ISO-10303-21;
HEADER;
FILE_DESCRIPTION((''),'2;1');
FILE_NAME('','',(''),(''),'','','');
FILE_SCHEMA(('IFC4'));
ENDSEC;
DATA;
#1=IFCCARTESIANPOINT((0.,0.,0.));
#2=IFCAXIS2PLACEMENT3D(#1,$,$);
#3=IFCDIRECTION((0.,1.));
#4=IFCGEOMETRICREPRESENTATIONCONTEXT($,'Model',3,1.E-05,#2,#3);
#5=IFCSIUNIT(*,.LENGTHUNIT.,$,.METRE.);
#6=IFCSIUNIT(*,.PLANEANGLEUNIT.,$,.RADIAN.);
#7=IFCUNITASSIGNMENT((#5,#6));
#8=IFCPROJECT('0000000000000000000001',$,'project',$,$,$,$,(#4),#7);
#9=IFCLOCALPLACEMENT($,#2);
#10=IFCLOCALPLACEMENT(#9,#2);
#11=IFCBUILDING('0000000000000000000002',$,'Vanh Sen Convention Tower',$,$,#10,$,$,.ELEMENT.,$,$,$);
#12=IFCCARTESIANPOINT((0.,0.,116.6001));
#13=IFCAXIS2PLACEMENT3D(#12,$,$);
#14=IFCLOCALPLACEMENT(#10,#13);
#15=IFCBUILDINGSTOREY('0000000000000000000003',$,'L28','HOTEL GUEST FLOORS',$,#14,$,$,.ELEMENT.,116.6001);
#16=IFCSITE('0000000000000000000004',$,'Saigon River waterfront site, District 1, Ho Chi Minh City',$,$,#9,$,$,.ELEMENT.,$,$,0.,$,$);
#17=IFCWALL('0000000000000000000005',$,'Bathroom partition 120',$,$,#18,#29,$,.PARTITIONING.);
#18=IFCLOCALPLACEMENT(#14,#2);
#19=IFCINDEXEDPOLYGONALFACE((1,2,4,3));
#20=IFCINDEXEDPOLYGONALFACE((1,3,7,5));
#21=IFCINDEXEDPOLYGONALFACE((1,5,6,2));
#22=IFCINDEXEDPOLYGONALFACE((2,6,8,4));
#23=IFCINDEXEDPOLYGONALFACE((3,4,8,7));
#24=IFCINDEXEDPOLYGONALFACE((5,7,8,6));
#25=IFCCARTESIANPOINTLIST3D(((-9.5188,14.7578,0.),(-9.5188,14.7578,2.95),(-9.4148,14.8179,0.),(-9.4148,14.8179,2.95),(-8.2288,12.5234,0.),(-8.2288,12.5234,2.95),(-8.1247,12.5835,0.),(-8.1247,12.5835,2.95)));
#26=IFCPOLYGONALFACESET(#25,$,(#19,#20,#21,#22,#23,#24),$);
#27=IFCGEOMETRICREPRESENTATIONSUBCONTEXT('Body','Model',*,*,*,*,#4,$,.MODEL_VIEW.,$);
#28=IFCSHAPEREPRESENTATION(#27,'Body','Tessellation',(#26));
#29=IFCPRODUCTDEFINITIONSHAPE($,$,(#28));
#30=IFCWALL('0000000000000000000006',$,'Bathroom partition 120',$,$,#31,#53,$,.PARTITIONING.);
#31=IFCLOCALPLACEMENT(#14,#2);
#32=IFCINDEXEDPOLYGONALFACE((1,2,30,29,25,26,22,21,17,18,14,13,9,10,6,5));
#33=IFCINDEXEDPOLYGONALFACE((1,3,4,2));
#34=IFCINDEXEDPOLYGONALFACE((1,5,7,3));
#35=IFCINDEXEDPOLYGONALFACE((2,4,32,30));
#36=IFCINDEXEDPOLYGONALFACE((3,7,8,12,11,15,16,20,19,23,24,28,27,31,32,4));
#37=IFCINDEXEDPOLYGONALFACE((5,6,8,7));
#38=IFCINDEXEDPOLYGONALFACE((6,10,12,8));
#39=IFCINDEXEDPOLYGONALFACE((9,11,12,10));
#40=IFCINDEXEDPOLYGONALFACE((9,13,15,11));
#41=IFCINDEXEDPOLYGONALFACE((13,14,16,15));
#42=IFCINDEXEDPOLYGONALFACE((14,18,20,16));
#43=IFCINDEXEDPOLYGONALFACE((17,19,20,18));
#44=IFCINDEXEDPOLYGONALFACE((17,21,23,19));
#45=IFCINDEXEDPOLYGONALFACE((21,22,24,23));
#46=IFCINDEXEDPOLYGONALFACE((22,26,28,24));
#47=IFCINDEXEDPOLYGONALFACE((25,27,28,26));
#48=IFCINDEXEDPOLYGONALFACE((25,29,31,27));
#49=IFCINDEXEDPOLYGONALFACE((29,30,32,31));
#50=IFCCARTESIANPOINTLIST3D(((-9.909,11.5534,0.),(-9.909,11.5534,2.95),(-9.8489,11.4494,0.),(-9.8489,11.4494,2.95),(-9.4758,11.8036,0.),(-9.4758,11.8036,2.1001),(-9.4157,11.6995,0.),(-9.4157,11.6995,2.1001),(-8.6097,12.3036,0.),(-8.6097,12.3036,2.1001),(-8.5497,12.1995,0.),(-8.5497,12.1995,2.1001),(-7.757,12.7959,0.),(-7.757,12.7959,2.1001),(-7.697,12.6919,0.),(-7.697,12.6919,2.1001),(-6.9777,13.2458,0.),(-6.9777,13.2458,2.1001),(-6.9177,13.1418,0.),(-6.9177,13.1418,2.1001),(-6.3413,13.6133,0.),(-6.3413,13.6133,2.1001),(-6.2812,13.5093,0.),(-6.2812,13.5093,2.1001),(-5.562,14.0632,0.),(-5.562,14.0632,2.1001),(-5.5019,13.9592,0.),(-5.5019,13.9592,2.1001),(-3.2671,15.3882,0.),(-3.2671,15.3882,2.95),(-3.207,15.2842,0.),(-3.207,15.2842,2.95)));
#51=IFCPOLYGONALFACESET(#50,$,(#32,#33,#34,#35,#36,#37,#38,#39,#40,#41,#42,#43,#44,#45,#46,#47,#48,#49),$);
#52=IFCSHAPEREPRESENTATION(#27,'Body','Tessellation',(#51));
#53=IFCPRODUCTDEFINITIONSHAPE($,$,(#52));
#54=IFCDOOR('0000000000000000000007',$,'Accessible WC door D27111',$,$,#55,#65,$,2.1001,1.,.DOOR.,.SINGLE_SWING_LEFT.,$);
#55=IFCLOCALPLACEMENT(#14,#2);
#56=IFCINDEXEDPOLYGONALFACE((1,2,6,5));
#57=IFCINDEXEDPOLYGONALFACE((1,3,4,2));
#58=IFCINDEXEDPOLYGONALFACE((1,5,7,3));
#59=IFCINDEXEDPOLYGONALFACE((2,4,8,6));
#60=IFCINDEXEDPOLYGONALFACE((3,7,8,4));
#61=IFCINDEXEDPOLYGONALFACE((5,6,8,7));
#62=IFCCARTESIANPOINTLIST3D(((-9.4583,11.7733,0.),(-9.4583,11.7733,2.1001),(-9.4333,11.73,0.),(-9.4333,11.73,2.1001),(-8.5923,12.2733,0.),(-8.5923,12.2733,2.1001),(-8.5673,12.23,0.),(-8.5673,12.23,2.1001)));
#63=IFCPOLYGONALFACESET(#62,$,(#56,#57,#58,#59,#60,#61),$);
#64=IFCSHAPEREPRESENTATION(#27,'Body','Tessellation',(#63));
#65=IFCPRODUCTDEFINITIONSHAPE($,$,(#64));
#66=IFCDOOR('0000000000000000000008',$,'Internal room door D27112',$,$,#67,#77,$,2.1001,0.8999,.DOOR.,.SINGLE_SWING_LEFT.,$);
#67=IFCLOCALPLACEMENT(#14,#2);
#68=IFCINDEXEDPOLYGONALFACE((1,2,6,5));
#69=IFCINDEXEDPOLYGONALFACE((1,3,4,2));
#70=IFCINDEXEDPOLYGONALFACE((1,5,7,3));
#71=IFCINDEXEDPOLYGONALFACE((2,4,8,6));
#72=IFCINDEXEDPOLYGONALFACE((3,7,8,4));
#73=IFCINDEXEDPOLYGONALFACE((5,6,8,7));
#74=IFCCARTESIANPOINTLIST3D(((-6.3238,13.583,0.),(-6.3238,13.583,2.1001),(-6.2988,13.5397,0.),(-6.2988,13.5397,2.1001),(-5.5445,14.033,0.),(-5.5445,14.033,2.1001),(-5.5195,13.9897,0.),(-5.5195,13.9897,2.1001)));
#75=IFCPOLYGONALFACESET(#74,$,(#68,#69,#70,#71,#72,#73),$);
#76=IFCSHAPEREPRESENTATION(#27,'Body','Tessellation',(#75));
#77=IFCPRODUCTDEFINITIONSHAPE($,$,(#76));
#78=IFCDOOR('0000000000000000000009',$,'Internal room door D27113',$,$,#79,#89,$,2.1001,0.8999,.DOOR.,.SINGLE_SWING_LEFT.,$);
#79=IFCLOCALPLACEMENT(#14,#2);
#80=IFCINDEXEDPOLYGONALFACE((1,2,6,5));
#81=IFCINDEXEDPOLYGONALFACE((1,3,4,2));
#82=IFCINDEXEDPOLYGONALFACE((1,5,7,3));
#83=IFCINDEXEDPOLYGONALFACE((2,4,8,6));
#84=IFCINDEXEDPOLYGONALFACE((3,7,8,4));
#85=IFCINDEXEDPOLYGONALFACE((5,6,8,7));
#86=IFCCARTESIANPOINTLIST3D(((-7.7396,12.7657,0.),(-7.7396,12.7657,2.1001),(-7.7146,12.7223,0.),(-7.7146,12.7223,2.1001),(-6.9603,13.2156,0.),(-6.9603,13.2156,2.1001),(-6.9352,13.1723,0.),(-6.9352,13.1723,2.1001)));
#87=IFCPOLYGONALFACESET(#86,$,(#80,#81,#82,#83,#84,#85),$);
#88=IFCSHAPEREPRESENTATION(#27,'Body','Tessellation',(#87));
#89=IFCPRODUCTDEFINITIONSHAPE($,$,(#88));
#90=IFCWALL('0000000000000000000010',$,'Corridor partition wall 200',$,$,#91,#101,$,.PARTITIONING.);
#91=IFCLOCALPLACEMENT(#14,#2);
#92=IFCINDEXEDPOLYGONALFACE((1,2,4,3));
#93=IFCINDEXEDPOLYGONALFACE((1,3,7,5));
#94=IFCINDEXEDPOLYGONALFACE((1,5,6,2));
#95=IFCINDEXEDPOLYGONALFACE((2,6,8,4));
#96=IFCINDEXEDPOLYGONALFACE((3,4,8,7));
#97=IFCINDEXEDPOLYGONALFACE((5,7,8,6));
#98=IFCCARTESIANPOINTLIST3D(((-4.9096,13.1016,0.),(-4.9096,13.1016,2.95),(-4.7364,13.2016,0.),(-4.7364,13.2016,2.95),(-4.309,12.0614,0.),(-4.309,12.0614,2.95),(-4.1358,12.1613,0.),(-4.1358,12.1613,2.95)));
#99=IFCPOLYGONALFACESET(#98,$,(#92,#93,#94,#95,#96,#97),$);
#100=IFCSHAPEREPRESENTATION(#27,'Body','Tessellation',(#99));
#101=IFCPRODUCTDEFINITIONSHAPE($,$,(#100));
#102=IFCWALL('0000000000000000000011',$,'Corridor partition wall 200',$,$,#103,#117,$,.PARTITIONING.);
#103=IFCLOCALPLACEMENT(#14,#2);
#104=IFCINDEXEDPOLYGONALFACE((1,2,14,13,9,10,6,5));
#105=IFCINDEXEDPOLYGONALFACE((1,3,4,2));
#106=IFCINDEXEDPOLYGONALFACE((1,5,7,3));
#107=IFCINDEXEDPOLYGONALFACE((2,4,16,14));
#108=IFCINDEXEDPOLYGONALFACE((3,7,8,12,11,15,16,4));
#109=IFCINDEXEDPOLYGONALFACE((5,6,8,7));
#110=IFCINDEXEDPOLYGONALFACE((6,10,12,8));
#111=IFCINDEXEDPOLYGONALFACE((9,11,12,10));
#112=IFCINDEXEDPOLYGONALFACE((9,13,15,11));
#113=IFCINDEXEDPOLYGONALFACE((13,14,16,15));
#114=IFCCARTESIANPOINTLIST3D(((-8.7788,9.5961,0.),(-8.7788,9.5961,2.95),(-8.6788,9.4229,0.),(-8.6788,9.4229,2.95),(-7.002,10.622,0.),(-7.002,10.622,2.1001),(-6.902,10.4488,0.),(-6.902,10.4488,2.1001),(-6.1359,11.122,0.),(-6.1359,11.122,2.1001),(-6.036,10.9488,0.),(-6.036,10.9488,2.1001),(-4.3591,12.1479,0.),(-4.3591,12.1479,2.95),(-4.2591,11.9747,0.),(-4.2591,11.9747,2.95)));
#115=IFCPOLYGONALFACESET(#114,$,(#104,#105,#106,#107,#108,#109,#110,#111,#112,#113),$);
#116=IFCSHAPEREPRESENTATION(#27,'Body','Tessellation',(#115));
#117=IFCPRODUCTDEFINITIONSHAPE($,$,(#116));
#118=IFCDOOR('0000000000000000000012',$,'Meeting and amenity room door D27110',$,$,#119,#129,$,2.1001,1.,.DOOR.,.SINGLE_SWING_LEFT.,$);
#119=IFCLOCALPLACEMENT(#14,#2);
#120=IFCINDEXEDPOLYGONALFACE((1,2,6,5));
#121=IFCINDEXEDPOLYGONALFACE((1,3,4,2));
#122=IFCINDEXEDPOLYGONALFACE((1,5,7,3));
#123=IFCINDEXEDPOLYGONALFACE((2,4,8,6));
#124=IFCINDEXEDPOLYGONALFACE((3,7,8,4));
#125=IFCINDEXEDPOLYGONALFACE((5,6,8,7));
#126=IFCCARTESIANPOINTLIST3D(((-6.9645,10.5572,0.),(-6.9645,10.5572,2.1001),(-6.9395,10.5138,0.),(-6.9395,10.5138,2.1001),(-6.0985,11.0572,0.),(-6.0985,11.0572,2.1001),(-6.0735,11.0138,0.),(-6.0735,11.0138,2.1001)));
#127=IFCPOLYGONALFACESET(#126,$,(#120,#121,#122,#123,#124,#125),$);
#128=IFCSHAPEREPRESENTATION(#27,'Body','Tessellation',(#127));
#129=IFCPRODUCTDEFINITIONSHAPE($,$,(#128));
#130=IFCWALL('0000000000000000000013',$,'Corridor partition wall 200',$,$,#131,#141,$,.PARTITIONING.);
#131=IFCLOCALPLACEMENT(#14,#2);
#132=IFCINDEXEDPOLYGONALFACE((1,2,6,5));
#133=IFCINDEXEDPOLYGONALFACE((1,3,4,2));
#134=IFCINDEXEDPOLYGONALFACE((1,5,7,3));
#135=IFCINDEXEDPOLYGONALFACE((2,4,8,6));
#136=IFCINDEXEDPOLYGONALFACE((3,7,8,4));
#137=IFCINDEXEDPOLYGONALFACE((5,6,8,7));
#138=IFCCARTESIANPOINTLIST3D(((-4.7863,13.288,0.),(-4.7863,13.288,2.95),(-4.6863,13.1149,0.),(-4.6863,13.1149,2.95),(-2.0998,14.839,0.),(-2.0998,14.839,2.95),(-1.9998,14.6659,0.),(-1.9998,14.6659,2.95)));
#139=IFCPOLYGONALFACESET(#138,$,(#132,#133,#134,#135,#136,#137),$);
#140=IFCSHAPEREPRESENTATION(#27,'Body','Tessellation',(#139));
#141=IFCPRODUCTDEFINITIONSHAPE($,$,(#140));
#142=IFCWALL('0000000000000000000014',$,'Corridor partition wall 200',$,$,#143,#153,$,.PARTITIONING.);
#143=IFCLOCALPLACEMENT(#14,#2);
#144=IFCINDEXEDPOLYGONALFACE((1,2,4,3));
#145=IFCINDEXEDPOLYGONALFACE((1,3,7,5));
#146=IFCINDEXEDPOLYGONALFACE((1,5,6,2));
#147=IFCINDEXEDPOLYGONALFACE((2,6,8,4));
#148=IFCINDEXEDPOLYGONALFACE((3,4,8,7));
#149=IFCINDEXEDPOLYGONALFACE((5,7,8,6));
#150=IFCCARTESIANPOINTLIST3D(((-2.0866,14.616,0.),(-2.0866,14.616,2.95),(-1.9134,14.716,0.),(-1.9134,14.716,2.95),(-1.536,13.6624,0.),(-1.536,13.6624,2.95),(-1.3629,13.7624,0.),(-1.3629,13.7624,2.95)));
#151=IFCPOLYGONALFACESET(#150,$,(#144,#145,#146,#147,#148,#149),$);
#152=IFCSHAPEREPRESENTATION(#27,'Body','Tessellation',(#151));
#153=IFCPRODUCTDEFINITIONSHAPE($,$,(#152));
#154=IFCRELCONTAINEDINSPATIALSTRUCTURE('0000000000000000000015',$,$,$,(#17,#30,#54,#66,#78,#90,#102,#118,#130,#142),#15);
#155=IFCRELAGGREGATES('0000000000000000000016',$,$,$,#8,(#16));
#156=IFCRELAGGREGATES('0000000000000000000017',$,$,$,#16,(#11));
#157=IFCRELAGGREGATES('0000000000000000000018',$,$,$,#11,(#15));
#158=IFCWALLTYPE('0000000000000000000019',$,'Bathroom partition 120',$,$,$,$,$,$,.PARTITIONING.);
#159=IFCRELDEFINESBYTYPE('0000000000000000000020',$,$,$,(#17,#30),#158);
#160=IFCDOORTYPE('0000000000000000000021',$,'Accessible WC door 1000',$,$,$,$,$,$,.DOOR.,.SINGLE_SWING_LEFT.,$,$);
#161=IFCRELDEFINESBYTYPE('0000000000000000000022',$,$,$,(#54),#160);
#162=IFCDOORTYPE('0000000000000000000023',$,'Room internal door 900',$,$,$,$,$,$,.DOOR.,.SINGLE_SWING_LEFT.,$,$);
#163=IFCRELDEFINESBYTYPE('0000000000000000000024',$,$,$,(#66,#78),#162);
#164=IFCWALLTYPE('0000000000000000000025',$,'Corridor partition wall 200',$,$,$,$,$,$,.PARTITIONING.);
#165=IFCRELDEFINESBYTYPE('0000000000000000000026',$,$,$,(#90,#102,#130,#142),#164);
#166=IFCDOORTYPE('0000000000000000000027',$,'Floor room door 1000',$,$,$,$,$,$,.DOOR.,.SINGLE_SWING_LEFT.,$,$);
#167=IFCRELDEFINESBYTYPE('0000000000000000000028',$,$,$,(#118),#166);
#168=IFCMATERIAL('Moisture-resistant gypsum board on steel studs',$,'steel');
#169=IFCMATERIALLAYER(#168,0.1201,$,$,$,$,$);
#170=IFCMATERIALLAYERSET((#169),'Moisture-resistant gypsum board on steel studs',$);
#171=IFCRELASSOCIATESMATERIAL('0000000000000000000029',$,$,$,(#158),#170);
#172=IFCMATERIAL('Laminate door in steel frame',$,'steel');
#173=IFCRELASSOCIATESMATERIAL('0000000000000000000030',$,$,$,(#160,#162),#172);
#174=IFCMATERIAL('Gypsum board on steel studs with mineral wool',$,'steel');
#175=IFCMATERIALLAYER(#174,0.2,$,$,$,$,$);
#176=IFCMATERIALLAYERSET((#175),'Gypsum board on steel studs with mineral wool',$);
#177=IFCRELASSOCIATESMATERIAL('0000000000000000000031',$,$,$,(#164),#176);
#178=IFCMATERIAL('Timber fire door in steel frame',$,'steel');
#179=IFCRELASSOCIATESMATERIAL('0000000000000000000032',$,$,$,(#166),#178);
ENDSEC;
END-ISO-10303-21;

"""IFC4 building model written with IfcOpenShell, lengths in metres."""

from ifc_helpers import new_model, si_unit, direction, frame, frame_2d, origin, place, context, subcontext, project, spatial, rectangle, extrude, material, layer, layer_set, type_object, element, fill, save


model = new_model("IFC4")

# Units and contexts
model_context = context("Model", 3, precision=1e-05, world=origin(), true_north=direction((0.0, 1.0)))
body_context = subcontext(model_context, "Body", "Model", "MODEL_VIEW")
ifc_project = project(units=[si_unit("LENGTHUNIT", "METRE"), si_unit("PLANEANGLEUNIT", "RADIAN")], contexts=[model_context])

# Site, building, storey
site_placement = place(None, origin())
site = spatial("IfcSite", under=ifc_project, at=site_placement, Name="Saigon River waterfront site, District 1, Ho Chi Minh City", CompositionType="ELEMENT", RefElevation=0.0)
building_placement = place(site_placement, origin())
building = spatial("IfcBuilding", under=site, at=building_placement, Name="Vanh Sen Convention Tower", CompositionType="ELEMENT")
storey_placement = place(building_placement, frame((0.0, 0.0, 116.6001)))
storey = spatial("IfcBuildingStorey", under=building, at=storey_placement, Name="L28", Description="HOTEL GUEST FLOORS", CompositionType="ELEMENT", Elevation=116.6001)

# Wall
ifc_material_1 = material(Name="Moisture-resistant gypsum board on steel studs", Category="steel")
ifc_layer_1 = layer(ifc_material_1, 0.1201)
ifc_layer_set_1 = layer_set([ifc_layer_1], Name="Moisture-resistant gypsum board on steel studs")
wall_type_1 = type_object("IfcWallType", Name="Bathroom partition 120", PredefinedType="PARTITIONING", material=ifc_layer_set_1)
wall_1_placement = place(storey_placement, frame((-8.1768, 12.5535, 0.0), z_axis=(0.0, 0.0, 1.0), x_axis=(-0.500006, 0.866022, 0.0)))
element("IfcWall", 1, at=wall_1_placement, inside=storey, type_object=wall_type_1, Name="Bathroom partition 120", PredefinedType="PARTITIONING", context=body_context, shape_type="SweptSolid", body=[
    extrude(rectangle(XDim=2.5801, YDim=0.1201, at=frame_2d((1.29, 0.0))), origin(), (0.0, 0.0, 1.0), 2.95),
])

# Wall, openings, doors
wall_2_placement = place(storey_placement, frame((-3.2371, 15.3362, 0.0), z_axis=(0.0, 0.0, 1.0), x_axis=(-0.866023, -0.500004, 0.0)))
wall_2 = element("IfcWall", 2, at=wall_2_placement, inside=storey, type_object=wall_type_1, Name="Bathroom partition 120", PredefinedType="PARTITIONING", context=body_context, shape_type="SweptSolid", body=[
    extrude(rectangle(XDim=7.6694, YDim=0.1201, at=frame_2d((3.8347, 0.0))), origin(), (0.0, 0.0, 1.0), 2.95),
])
opening_1_placement = place(wall_2_placement, frame((6.1692, 0.0, 0.0)))
opening_1 = element("IfcOpeningElement", 3, at=opening_1_placement, cuts=wall_2, PredefinedType="OPENING", context=body_context, shape_type="SweptSolid", body=[
    extrude(rectangle(XDim=1.0, YDim=2.1001, at=frame_2d((0.5, 1.05))), frame((0.0, 0.0701, 0.0), z_axis=(0.0, -1.0, 0.0), x_axis=(1.0, 0.0, 0.0)), (0.0, 0.0, 1.0), 0.1401),
])
opening_2_placement = place(wall_2_placement, frame((2.6499, 0.0, 0.0)))
opening_2 = element("IfcOpeningElement", 4, at=opening_2_placement, cuts=wall_2, PredefinedType="OPENING", context=body_context, shape_type="SweptSolid", body=[
    extrude(rectangle(XDim=0.8999, YDim=2.1001, at=frame_2d((0.45, 1.05))), frame((0.0, 0.0701, 0.0), z_axis=(0.0, -1.0, 0.0), x_axis=(1.0, 0.0, 0.0)), (0.0, 0.0, 1.0), 0.1401),
])
opening_3_placement = place(wall_2_placement, frame((4.2847, 0.0, 0.0)))
opening_3 = element("IfcOpeningElement", 5, at=opening_3_placement, cuts=wall_2, PredefinedType="OPENING", context=body_context, shape_type="SweptSolid", body=[
    extrude(rectangle(XDim=0.8999, YDim=2.1001, at=frame_2d((0.45, 1.05))), frame((0.0, 0.0701, 0.0), z_axis=(0.0, -1.0, 0.0), x_axis=(1.0, 0.0, 0.0)), (0.0, 0.0, 1.0), 0.1401),
])
ifc_material_2 = material(Name="Laminate door in steel frame", Category="steel")
door_type_1 = type_object("IfcDoorType", Name="Accessible WC door 1000", OperationType="SINGLE_SWING_LEFT", PredefinedType="DOOR", material=ifc_material_2)
door_1_placement = place(opening_1_placement, origin())
door_1 = element("IfcDoor", 6, at=door_1_placement, inside=storey, type_object=door_type_1, Name="Accessible WC door D27111", OperationType="SINGLE_SWING_LEFT", OverallHeight=2.1001, OverallWidth=1.0, PredefinedType="DOOR", context=body_context, shape_type="SweptSolid", body=[
    extrude(rectangle(XDim=1.0, YDim=2.1001, at=frame_2d((0.5, 1.05))), frame((0.0, 0.0249, 0.0), z_axis=(0.0, -1.0, 0.0), x_axis=(1.0, 0.0, 0.0)), (0.0, 0.0, 1.0), 0.05),
])
fill(opening_1, door_1)
door_type_2 = type_object("IfcDoorType", Name="Room internal door 900", OperationType="SINGLE_SWING_LEFT", PredefinedType="DOOR", material=ifc_material_2)
door_2_placement = place(opening_2_placement, origin())
door_2 = element("IfcDoor", 7, at=door_2_placement, inside=storey, type_object=door_type_2, Name="Internal room door D27112", OperationType="SINGLE_SWING_LEFT", OverallHeight=2.1001, OverallWidth=0.8999, PredefinedType="DOOR", context=body_context, shape_type="SweptSolid", body=[
    extrude(rectangle(XDim=0.8999, YDim=2.1001, at=frame_2d((0.45, 1.05))), frame((0.0, 0.0249, 0.0), z_axis=(0.0, -1.0, 0.0), x_axis=(1.0, 0.0, 0.0)), (0.0, 0.0, 1.0), 0.05),
])
fill(opening_2, door_2)
door_3_placement = place(opening_3_placement, origin())
door_3 = element("IfcDoor", 8, at=door_3_placement, inside=storey, type_object=door_type_2, Name="Internal room door D27113", OperationType="SINGLE_SWING_LEFT", OverallHeight=2.1001, OverallWidth=0.8999, PredefinedType="DOOR", context=body_context, shape_type="SweptSolid", body=[
    extrude(rectangle(XDim=0.8999, YDim=2.1001, at=frame_2d((0.45, 1.05))), frame((0.0, 0.0249, 0.0), z_axis=(0.0, -1.0, 0.0), x_axis=(1.0, 0.0, 0.0)), (0.0, 0.0, 1.0), 0.05),
])
fill(opening_3, door_3)

# Wall
ifc_material_3 = material(Name="Gypsum board on steel studs with mineral wool", Category="steel")
ifc_layer_2 = layer(ifc_material_3, 0.2)
ifc_layer_set_2 = layer_set([ifc_layer_2], Name="Gypsum board on steel studs with mineral wool")
wall_type_2 = type_object("IfcWallType", Name="Corridor partition wall 200", PredefinedType="PARTITIONING", material=ifc_layer_set_2)
wall_3_placement = place(storey_placement, frame((-4.823, 13.1516, 0.0), z_axis=(0.0, 0.0, 1.0), x_axis=(0.499986, -0.866033, 0.0)))
element("IfcWall", 9, at=wall_3_placement, inside=storey, type_object=wall_type_2, Name="Corridor partition wall 200", PredefinedType="PARTITIONING", context=body_context, shape_type="SweptSolid", body=[
    extrude(rectangle(XDim=1.2012, YDim=0.2, at=frame_2d((0.6006, 0.0))), origin(), (0.0, 0.0, 1.0), 2.95),
])

# Wall, opening, door
wall_4_placement = place(storey_placement, frame((-4.3091, 12.0613, 0.0), z_axis=(0.0, 0.0, 1.0), x_axis=(-0.866021, -0.500008, 0.0)))
wall_4 = element("IfcWall", 10, at=wall_4_placement, inside=storey, type_object=wall_type_2, Name="Corridor partition wall 200", PredefinedType="PARTITIONING", context=body_context, shape_type="SweptSolid", body=[
    extrude(rectangle(XDim=5.1035, YDim=0.2, at=frame_2d((2.5518, 0.0))), origin(), (0.0, 0.0, 1.0), 2.95),
])
opening_4_placement = place(wall_4_placement, frame((2.0518, 0.0, 0.0)))
opening_4 = element("IfcOpeningElement", 11, at=opening_4_placement, cuts=wall_4, PredefinedType="OPENING", context=body_context, shape_type="SweptSolid", body=[
    extrude(rectangle(XDim=1.0, YDim=2.1001, at=frame_2d((0.5, 1.05))), frame((0.0, 0.1099, 0.0), z_axis=(0.0, -1.0, 0.0), x_axis=(1.0, 0.0, 0.0)), (0.0, 0.0, 1.0), 0.22),
])
ifc_material_4 = material(Name="Timber fire door in steel frame", Category="steel")
door_type_3 = type_object("IfcDoorType", Name="Floor room door 1000", OperationType="SINGLE_SWING_LEFT", PredefinedType="DOOR", material=ifc_material_4)
door_4_placement = place(opening_4_placement, origin())
door_4 = element("IfcDoor", 12, at=door_4_placement, inside=storey, type_object=door_type_3, Name="Meeting and amenity room door D27110", OperationType="SINGLE_SWING_LEFT", OverallHeight=2.1001, OverallWidth=1.0, PredefinedType="DOOR", context=body_context, shape_type="SweptSolid", body=[
    extrude(rectangle(XDim=1.0, YDim=2.1001, at=frame_2d((0.5, 1.05))), frame((0.0, 0.0249, 0.0), z_axis=(0.0, -1.0, 0.0), x_axis=(1.0, 0.0, 0.0)), (0.0, 0.0, 1.0), 0.05),
])
fill(opening_4, door_4)

# Walls
wall_5_placement = place(storey_placement, frame((-2.0498, 14.7524, 0.0), z_axis=(0.0, 0.0, 1.0), x_axis=(-0.866031, -0.49999, 0.0)))
element("IfcWall", 13, at=wall_5_placement, inside=storey, type_object=wall_type_2, Name="Corridor partition wall 200", PredefinedType="PARTITIONING", context=body_context, shape_type="SweptSolid", body=[
    extrude(rectangle(XDim=3.1021, YDim=0.2, at=frame_2d((1.551, 0.0))), origin(), (0.0, 0.0, 1.0), 2.95),
])
wall_6_placement = place(storey_placement, frame((-1.4495, 13.7124, 0.0), z_axis=(0.0, 0.0, 1.0), x_axis=(-0.499978, 0.866038, 0.0)))
element("IfcWall", 14, at=wall_6_placement, inside=storey, type_object=wall_type_2, Name="Corridor partition wall 200", PredefinedType="PARTITIONING", context=body_context, shape_type="SweptSolid", body=[
    extrude(rectangle(XDim=1.1011, YDim=0.2, at=frame_2d((0.5505, 0.0))), origin(), (0.0, 0.0, 1.0), 2.95),
])

save(model, "model.ifc")
